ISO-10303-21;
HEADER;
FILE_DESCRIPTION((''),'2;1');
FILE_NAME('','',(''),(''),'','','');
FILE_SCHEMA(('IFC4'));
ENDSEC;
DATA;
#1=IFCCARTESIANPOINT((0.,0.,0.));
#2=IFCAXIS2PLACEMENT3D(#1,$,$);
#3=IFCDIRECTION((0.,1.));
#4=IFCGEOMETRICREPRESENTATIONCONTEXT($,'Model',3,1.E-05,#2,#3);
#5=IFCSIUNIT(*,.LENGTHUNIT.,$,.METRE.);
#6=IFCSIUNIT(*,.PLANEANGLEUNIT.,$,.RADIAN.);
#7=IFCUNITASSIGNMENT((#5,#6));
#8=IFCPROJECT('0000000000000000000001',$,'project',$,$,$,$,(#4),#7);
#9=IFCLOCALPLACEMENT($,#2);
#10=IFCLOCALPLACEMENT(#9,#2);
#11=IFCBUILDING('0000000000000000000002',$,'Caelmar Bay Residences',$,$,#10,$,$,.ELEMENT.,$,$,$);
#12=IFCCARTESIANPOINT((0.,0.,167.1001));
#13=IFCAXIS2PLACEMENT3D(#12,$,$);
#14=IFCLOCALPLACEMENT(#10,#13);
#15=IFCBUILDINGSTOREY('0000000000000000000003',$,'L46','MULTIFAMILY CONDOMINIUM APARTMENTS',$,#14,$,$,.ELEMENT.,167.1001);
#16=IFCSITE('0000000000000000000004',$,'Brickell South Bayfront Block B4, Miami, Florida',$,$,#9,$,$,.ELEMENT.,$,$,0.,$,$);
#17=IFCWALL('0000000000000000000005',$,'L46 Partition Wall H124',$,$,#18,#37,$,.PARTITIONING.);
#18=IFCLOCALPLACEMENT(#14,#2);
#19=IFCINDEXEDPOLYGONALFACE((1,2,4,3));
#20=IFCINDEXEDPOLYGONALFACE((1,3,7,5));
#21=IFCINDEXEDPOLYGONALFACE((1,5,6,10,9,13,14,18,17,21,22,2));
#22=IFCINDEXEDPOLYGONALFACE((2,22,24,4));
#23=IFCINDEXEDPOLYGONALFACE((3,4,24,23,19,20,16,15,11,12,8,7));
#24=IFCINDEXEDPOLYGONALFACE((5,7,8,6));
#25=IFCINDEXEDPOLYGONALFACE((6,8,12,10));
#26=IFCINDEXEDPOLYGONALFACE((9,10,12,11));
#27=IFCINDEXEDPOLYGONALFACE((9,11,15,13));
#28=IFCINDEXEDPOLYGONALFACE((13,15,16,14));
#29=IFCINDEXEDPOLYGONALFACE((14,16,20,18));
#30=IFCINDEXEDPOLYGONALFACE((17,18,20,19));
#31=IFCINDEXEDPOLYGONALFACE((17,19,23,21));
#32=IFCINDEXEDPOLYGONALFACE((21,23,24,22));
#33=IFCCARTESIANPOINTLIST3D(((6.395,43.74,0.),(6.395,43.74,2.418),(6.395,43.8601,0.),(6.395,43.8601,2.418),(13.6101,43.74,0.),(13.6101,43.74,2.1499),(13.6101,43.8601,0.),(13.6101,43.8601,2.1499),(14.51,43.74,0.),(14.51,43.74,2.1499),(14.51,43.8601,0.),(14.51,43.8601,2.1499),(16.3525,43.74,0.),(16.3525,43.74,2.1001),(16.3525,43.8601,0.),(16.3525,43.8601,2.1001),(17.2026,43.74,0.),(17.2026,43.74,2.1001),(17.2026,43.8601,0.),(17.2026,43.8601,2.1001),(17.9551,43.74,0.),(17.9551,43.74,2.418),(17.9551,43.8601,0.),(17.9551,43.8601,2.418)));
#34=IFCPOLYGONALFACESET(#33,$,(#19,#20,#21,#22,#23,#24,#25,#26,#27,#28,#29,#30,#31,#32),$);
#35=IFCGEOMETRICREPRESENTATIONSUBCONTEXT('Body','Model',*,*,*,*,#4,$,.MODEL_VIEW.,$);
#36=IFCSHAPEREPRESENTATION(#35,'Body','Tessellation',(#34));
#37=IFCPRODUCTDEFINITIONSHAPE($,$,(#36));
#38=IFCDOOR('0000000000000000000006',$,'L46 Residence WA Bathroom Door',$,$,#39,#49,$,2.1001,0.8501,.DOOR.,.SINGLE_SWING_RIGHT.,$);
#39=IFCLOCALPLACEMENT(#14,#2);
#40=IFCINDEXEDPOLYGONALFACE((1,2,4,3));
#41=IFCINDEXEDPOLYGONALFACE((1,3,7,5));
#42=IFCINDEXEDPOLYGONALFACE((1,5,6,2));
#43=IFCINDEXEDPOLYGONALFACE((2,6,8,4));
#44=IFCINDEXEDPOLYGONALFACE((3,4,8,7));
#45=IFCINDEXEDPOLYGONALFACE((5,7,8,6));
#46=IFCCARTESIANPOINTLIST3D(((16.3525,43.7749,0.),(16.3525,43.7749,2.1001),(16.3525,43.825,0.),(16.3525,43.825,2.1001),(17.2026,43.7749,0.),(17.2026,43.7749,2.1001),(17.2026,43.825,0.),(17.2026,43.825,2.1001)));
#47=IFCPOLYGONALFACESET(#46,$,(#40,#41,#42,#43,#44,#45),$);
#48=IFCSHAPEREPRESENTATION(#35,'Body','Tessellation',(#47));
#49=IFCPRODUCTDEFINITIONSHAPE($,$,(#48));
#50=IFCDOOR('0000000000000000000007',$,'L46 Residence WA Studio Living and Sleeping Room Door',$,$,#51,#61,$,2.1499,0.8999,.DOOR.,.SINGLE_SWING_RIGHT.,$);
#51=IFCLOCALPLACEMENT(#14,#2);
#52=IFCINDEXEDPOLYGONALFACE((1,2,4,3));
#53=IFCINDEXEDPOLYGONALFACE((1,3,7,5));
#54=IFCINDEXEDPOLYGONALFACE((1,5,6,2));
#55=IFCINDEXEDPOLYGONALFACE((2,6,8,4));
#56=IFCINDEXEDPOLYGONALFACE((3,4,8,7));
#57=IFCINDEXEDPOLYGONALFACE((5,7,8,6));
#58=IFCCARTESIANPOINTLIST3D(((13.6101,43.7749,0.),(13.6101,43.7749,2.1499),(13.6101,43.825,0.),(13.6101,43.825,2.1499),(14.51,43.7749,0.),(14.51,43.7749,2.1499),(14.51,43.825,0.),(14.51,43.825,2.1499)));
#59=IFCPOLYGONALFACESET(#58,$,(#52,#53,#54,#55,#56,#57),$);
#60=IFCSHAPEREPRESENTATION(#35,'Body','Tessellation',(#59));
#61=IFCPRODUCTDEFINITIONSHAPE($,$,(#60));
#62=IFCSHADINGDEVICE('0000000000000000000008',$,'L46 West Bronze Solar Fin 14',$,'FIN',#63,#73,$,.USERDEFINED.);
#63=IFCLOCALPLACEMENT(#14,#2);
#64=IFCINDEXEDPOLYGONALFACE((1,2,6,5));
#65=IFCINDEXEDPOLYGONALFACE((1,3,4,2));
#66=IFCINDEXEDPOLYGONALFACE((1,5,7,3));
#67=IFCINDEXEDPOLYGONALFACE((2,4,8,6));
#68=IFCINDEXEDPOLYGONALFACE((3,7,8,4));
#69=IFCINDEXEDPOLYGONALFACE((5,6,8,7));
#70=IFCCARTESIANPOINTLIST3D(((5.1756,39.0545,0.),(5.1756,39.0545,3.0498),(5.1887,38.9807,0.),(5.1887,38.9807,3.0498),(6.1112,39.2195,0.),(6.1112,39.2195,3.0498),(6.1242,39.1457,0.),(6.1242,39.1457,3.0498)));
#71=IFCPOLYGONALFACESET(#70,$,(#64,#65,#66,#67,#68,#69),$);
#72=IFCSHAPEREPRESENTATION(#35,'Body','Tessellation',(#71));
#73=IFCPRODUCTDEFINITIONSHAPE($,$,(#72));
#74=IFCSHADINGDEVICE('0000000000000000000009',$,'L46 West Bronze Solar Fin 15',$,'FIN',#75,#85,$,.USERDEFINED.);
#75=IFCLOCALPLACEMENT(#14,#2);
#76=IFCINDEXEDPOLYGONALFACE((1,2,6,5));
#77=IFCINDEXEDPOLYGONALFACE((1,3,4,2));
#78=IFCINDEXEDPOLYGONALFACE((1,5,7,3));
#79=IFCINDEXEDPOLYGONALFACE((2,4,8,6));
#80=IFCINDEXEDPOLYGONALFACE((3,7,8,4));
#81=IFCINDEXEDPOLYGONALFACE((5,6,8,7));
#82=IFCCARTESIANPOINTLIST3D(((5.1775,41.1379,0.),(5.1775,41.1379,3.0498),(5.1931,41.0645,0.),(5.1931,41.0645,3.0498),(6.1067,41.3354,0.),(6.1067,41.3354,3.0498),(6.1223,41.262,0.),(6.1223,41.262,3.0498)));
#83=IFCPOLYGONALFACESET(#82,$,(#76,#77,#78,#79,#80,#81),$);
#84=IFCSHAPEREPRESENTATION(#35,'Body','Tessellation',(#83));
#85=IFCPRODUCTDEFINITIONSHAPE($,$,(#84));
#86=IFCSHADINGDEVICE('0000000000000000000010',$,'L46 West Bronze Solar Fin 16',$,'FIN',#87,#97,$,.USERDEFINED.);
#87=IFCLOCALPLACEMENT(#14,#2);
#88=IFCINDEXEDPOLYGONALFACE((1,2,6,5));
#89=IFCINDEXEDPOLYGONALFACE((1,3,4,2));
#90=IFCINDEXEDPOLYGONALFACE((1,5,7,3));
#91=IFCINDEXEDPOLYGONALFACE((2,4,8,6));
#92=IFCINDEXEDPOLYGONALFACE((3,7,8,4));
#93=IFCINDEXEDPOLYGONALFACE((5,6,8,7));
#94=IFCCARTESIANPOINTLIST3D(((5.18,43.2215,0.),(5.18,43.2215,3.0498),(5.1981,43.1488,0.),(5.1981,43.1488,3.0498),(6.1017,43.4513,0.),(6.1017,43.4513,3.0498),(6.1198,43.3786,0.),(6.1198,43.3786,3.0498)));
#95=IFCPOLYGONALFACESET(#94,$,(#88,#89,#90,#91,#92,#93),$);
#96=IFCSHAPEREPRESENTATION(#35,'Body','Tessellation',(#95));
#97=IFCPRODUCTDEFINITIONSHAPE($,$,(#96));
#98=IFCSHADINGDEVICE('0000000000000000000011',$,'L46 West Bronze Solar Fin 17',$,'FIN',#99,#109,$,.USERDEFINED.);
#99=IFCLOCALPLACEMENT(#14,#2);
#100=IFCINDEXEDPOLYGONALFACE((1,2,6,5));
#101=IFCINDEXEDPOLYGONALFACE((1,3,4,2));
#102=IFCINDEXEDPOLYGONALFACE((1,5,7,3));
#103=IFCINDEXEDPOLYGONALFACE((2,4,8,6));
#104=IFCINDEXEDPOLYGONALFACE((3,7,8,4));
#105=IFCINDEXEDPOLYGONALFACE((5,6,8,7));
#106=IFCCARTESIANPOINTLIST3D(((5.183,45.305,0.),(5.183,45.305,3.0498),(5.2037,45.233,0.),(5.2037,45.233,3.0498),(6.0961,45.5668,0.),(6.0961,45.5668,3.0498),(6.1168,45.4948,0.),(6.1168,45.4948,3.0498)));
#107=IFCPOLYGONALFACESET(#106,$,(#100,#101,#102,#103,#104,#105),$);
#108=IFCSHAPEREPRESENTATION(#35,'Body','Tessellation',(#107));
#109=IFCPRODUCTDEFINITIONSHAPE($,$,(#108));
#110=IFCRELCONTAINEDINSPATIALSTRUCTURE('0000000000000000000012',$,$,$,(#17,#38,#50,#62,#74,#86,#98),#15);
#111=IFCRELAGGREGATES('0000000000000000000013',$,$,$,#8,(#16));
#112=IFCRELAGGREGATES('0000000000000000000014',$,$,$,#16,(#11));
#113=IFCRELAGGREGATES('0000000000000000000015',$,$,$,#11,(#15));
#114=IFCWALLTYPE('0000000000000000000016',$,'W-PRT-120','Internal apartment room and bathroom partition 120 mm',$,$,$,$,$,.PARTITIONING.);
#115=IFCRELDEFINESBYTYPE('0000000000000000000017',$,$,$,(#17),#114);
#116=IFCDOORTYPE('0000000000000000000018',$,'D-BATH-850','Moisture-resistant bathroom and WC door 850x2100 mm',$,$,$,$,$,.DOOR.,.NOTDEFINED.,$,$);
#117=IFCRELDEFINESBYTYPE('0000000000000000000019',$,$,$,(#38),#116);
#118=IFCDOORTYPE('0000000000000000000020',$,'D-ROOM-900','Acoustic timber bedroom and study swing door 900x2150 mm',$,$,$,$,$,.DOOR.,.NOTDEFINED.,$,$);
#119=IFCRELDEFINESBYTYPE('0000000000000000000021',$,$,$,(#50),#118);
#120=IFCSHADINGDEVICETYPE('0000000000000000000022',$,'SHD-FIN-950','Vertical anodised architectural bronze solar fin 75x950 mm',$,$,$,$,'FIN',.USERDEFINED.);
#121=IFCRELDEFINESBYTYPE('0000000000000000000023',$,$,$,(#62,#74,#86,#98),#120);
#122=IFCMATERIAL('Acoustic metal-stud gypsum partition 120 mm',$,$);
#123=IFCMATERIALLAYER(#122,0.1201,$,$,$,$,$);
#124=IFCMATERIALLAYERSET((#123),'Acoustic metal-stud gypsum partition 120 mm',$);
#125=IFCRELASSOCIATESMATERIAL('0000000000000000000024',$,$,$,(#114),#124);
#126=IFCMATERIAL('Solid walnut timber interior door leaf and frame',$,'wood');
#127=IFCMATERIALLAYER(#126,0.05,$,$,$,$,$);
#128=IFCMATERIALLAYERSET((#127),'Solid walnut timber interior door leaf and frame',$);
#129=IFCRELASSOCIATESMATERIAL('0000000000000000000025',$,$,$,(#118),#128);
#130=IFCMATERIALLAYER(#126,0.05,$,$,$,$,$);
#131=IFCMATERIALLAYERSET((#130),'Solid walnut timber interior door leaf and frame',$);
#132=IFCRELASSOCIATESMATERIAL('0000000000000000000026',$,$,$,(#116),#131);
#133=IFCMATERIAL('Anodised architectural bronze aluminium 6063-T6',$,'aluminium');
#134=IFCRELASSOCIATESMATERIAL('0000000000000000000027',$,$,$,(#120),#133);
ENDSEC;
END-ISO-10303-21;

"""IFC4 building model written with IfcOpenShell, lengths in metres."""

from ifc_helpers import new_model, si_unit, direction, frame, frame_2d, origin, origin_2d, place, context, subcontext, project, spatial, rectangle, extrude, material, layer, layer_set, material_profile, profile_set, type_object, element, fill, save


model = new_model("IFC4")

# Units and contexts
model_context = context("Model", 3, precision=1e-05, world=origin(), true_north=direction((0.0, 1.0)))
body_context = subcontext(model_context, "Body", "Model", "MODEL_VIEW")
ifc_project = project(units=[si_unit("LENGTHUNIT", "METRE"), si_unit("PLANEANGLEUNIT", "RADIAN")], contexts=[model_context])

# Site, building, storey
site_placement = place(None, origin())
site = spatial("IfcSite", under=ifc_project, at=site_placement, Name="Brickell South Bayfront Block B4, Miami, Florida", CompositionType="ELEMENT", RefElevation=0.0)
building_placement = place(site_placement, origin())
building = spatial("IfcBuilding", under=site, at=building_placement, Name="Caelmar Bay Residences", CompositionType="ELEMENT")
storey_placement = place(building_placement, frame((0.0, 0.0, 167.1001)))
storey = spatial("IfcBuildingStorey", under=building, at=storey_placement, Name="L46", Description="MULTIFAMILY CONDOMINIUM APARTMENTS", CompositionType="ELEMENT", Elevation=167.1001)

# Shared definitions
ifc_material_1 = material(Name="Acoustic metal-stud gypsum partition 120 mm")
ifc_layer_1 = layer(ifc_material_1, 0.1201)
ifc_layer_set_1 = layer_set([ifc_layer_1], Name="Acoustic metal-stud gypsum partition 120 mm")
wall_type_1 = type_object("IfcWallType", Name="W-PRT-120", Description="Internal apartment room and bathroom partition 120 mm", PredefinedType="PARTITIONING", material=ifc_layer_set_1)
ifc_material_2 = material(Name="Solid walnut timber interior door leaf and frame", Category="wood")
ifc_layer_2 = layer(ifc_material_2, 0.05)
ifc_layer_set_2 = layer_set([ifc_layer_2], Name="Solid walnut timber interior door leaf and frame")
door_type_1 = type_object("IfcDoorType", Name="D-ROOM-900", Description="Acoustic timber bedroom and study swing door 900x2150 mm", OperationType="NOTDEFINED", PredefinedType="DOOR", material=ifc_layer_set_2)

# Wall, openings, doors
wall_1_placement = place(storey_placement, frame((6.395, 43.8, 0.0), z_axis=(0.0, 0.0, 1.0), x_axis=(1.0, 0.0, 0.0)))
wall_1 = element("IfcWall", 1, at=wall_1_placement, inside=storey, type_object=wall_type_1, Name="L46 Partition Wall H124", PredefinedType="PARTITIONING", context=body_context, shape_type="SweptSolid", body=[
    extrude(rectangle(XDim=11.5601, YDim=0.1201, at=frame_2d((5.78, 0.0))), origin(), (0.0, 0.0, 1.0), 2.418),
])
opening_1_placement = place(wall_1_placement, frame((7.2151, 0.0, 0.0)))
opening_1 = element("IfcOpeningElement", 2, at=opening_1_placement, cuts=wall_1, PredefinedType="OPENING", context=body_context, shape_type="SweptSolid", body=[
    extrude(rectangle(XDim=0.8999, YDim=2.1499, at=frame_2d((0.45, 1.075))), frame((0.0, 0.0701, 0.0), z_axis=(0.0, -1.0, 0.0), x_axis=(1.0, 0.0, 0.0)), (0.0, 0.0, 1.0), 0.1401),
])
opening_2_placement = place(wall_1_placement, frame((9.9575, 0.0, 0.0)))
opening_2 = element("IfcOpeningElement", 3, at=opening_2_placement, cuts=wall_1, PredefinedType="OPENING", context=body_context, shape_type="SweptSolid", body=[
    extrude(rectangle(XDim=0.8501, YDim=2.1001, at=frame_2d((0.425, 1.05))), frame((0.0, 0.0701, 0.0), z_axis=(0.0, -1.0, 0.0), x_axis=(1.0, 0.0, 0.0)), (0.0, 0.0, 1.0), 0.1401),
])
ifc_layer_3 = layer(ifc_material_2, 0.05)
ifc_layer_set_3 = layer_set([ifc_layer_3], Name="Solid walnut timber interior door leaf and frame")
door_type_2 = type_object("IfcDoorType", Name="D-BATH-850", Description="Moisture-resistant bathroom and WC door 850x2100 mm", OperationType="NOTDEFINED", PredefinedType="DOOR", material=ifc_layer_set_3)
door_1_placement = place(opening_2_placement, origin())
door_1 = element("IfcDoor", 4, at=door_1_placement, inside=storey, type_object=door_type_2, Name="L46 Residence WA Bathroom Door", OperationType="SINGLE_SWING_RIGHT", OverallHeight=2.1001, OverallWidth=0.8501, PredefinedType="DOOR", context=body_context, shape_type="SweptSolid", body=[
    extrude(rectangle(XDim=0.8501, YDim=2.1001, at=frame_2d((0.425, 1.05))), frame((0.0, 0.0249, 0.0), z_axis=(0.0, -1.0, 0.0), x_axis=(1.0, 0.0, 0.0)), (0.0, 0.0, 1.0), 0.05),
])
fill(opening_2, door_1)
door_2_placement = place(opening_1_placement, origin())
door_2 = element("IfcDoor", 5, at=door_2_placement, inside=storey, type_object=door_type_1, Name="L46 Residence WA Studio Living and Sleeping Room Door", OperationType="SINGLE_SWING_RIGHT", OverallHeight=2.1499, OverallWidth=0.8999, PredefinedType="DOOR", context=body_context, shape_type="SweptSolid", body=[
    extrude(rectangle(XDim=0.8999, YDim=2.1499, at=frame_2d((0.45, 1.075))), frame((0.0, 0.0249, 0.0), z_axis=(0.0, -1.0, 0.0), x_axis=(1.0, 0.0, 0.0)), (0.0, 0.0, 1.0), 0.05),
])
fill(opening_1, door_2)

# Shading devices
ifc_material_3 = material(Name="Anodised architectural bronze aluminium 6063-T6", Category="aluminium")
ifc_material_profile_1 = material_profile(ifc_material_3, rectangle(XDim=0.075, YDim=0.95, at=origin_2d()), Name="BRONZE-FIN-75X950")
ifc_profile_set_1 = profile_set([ifc_material_profile_1], Name="Anodised architectural bronze aluminium 6063-T6")
shading_device_type = type_object("IfcShadingDeviceType", Name="SHD-FIN-950", Description="Vertical anodised architectural bronze solar fin 75x950 mm", ElementType="FIN", PredefinedType="USERDEFINED", material=ifc_profile_set_1)
for number, where, z_axis, x_axis, name in (
    (6, (5.6499, 39.1001, 0.0), (0.0, 0.0, 1.0), (-0.173648, 0.984808, 0.0), "L46 West Bronze Solar Fin 14"),
    (7, (5.6499, 41.2, 0.0), (0.0, 0.0, 1.0), (-0.207912, 0.978148, 0.0), "L46 West Bronze Solar Fin 15"),
    (8, (5.6499, 43.3, 0.0), (0.0, 0.0, 1.0), (-0.241922, 0.970296, 0.0), "L46 West Bronze Solar Fin 16"),
    (9, (5.6499, 45.3999, 0.0), (0.0, 0.0, 1.0), (-0.275637, 0.961262, 0.0), "L46 West Bronze Solar Fin 17"),
):
    element("IfcShadingDevice", number, at=place(storey_placement, frame(where, z_axis=z_axis, x_axis=x_axis)), inside=storey, type_object=shading_device_type, Name=name, ObjectType="FIN", PredefinedType="USERDEFINED", context=body_context, shape_type="SweptSolid", body=[
        extrude(rectangle(XDim=0.075, YDim=0.95, at=origin_2d()), origin(), (0.0, 0.0, 1.0), 3.0498),
    ])

save(model, "model.ifc")
